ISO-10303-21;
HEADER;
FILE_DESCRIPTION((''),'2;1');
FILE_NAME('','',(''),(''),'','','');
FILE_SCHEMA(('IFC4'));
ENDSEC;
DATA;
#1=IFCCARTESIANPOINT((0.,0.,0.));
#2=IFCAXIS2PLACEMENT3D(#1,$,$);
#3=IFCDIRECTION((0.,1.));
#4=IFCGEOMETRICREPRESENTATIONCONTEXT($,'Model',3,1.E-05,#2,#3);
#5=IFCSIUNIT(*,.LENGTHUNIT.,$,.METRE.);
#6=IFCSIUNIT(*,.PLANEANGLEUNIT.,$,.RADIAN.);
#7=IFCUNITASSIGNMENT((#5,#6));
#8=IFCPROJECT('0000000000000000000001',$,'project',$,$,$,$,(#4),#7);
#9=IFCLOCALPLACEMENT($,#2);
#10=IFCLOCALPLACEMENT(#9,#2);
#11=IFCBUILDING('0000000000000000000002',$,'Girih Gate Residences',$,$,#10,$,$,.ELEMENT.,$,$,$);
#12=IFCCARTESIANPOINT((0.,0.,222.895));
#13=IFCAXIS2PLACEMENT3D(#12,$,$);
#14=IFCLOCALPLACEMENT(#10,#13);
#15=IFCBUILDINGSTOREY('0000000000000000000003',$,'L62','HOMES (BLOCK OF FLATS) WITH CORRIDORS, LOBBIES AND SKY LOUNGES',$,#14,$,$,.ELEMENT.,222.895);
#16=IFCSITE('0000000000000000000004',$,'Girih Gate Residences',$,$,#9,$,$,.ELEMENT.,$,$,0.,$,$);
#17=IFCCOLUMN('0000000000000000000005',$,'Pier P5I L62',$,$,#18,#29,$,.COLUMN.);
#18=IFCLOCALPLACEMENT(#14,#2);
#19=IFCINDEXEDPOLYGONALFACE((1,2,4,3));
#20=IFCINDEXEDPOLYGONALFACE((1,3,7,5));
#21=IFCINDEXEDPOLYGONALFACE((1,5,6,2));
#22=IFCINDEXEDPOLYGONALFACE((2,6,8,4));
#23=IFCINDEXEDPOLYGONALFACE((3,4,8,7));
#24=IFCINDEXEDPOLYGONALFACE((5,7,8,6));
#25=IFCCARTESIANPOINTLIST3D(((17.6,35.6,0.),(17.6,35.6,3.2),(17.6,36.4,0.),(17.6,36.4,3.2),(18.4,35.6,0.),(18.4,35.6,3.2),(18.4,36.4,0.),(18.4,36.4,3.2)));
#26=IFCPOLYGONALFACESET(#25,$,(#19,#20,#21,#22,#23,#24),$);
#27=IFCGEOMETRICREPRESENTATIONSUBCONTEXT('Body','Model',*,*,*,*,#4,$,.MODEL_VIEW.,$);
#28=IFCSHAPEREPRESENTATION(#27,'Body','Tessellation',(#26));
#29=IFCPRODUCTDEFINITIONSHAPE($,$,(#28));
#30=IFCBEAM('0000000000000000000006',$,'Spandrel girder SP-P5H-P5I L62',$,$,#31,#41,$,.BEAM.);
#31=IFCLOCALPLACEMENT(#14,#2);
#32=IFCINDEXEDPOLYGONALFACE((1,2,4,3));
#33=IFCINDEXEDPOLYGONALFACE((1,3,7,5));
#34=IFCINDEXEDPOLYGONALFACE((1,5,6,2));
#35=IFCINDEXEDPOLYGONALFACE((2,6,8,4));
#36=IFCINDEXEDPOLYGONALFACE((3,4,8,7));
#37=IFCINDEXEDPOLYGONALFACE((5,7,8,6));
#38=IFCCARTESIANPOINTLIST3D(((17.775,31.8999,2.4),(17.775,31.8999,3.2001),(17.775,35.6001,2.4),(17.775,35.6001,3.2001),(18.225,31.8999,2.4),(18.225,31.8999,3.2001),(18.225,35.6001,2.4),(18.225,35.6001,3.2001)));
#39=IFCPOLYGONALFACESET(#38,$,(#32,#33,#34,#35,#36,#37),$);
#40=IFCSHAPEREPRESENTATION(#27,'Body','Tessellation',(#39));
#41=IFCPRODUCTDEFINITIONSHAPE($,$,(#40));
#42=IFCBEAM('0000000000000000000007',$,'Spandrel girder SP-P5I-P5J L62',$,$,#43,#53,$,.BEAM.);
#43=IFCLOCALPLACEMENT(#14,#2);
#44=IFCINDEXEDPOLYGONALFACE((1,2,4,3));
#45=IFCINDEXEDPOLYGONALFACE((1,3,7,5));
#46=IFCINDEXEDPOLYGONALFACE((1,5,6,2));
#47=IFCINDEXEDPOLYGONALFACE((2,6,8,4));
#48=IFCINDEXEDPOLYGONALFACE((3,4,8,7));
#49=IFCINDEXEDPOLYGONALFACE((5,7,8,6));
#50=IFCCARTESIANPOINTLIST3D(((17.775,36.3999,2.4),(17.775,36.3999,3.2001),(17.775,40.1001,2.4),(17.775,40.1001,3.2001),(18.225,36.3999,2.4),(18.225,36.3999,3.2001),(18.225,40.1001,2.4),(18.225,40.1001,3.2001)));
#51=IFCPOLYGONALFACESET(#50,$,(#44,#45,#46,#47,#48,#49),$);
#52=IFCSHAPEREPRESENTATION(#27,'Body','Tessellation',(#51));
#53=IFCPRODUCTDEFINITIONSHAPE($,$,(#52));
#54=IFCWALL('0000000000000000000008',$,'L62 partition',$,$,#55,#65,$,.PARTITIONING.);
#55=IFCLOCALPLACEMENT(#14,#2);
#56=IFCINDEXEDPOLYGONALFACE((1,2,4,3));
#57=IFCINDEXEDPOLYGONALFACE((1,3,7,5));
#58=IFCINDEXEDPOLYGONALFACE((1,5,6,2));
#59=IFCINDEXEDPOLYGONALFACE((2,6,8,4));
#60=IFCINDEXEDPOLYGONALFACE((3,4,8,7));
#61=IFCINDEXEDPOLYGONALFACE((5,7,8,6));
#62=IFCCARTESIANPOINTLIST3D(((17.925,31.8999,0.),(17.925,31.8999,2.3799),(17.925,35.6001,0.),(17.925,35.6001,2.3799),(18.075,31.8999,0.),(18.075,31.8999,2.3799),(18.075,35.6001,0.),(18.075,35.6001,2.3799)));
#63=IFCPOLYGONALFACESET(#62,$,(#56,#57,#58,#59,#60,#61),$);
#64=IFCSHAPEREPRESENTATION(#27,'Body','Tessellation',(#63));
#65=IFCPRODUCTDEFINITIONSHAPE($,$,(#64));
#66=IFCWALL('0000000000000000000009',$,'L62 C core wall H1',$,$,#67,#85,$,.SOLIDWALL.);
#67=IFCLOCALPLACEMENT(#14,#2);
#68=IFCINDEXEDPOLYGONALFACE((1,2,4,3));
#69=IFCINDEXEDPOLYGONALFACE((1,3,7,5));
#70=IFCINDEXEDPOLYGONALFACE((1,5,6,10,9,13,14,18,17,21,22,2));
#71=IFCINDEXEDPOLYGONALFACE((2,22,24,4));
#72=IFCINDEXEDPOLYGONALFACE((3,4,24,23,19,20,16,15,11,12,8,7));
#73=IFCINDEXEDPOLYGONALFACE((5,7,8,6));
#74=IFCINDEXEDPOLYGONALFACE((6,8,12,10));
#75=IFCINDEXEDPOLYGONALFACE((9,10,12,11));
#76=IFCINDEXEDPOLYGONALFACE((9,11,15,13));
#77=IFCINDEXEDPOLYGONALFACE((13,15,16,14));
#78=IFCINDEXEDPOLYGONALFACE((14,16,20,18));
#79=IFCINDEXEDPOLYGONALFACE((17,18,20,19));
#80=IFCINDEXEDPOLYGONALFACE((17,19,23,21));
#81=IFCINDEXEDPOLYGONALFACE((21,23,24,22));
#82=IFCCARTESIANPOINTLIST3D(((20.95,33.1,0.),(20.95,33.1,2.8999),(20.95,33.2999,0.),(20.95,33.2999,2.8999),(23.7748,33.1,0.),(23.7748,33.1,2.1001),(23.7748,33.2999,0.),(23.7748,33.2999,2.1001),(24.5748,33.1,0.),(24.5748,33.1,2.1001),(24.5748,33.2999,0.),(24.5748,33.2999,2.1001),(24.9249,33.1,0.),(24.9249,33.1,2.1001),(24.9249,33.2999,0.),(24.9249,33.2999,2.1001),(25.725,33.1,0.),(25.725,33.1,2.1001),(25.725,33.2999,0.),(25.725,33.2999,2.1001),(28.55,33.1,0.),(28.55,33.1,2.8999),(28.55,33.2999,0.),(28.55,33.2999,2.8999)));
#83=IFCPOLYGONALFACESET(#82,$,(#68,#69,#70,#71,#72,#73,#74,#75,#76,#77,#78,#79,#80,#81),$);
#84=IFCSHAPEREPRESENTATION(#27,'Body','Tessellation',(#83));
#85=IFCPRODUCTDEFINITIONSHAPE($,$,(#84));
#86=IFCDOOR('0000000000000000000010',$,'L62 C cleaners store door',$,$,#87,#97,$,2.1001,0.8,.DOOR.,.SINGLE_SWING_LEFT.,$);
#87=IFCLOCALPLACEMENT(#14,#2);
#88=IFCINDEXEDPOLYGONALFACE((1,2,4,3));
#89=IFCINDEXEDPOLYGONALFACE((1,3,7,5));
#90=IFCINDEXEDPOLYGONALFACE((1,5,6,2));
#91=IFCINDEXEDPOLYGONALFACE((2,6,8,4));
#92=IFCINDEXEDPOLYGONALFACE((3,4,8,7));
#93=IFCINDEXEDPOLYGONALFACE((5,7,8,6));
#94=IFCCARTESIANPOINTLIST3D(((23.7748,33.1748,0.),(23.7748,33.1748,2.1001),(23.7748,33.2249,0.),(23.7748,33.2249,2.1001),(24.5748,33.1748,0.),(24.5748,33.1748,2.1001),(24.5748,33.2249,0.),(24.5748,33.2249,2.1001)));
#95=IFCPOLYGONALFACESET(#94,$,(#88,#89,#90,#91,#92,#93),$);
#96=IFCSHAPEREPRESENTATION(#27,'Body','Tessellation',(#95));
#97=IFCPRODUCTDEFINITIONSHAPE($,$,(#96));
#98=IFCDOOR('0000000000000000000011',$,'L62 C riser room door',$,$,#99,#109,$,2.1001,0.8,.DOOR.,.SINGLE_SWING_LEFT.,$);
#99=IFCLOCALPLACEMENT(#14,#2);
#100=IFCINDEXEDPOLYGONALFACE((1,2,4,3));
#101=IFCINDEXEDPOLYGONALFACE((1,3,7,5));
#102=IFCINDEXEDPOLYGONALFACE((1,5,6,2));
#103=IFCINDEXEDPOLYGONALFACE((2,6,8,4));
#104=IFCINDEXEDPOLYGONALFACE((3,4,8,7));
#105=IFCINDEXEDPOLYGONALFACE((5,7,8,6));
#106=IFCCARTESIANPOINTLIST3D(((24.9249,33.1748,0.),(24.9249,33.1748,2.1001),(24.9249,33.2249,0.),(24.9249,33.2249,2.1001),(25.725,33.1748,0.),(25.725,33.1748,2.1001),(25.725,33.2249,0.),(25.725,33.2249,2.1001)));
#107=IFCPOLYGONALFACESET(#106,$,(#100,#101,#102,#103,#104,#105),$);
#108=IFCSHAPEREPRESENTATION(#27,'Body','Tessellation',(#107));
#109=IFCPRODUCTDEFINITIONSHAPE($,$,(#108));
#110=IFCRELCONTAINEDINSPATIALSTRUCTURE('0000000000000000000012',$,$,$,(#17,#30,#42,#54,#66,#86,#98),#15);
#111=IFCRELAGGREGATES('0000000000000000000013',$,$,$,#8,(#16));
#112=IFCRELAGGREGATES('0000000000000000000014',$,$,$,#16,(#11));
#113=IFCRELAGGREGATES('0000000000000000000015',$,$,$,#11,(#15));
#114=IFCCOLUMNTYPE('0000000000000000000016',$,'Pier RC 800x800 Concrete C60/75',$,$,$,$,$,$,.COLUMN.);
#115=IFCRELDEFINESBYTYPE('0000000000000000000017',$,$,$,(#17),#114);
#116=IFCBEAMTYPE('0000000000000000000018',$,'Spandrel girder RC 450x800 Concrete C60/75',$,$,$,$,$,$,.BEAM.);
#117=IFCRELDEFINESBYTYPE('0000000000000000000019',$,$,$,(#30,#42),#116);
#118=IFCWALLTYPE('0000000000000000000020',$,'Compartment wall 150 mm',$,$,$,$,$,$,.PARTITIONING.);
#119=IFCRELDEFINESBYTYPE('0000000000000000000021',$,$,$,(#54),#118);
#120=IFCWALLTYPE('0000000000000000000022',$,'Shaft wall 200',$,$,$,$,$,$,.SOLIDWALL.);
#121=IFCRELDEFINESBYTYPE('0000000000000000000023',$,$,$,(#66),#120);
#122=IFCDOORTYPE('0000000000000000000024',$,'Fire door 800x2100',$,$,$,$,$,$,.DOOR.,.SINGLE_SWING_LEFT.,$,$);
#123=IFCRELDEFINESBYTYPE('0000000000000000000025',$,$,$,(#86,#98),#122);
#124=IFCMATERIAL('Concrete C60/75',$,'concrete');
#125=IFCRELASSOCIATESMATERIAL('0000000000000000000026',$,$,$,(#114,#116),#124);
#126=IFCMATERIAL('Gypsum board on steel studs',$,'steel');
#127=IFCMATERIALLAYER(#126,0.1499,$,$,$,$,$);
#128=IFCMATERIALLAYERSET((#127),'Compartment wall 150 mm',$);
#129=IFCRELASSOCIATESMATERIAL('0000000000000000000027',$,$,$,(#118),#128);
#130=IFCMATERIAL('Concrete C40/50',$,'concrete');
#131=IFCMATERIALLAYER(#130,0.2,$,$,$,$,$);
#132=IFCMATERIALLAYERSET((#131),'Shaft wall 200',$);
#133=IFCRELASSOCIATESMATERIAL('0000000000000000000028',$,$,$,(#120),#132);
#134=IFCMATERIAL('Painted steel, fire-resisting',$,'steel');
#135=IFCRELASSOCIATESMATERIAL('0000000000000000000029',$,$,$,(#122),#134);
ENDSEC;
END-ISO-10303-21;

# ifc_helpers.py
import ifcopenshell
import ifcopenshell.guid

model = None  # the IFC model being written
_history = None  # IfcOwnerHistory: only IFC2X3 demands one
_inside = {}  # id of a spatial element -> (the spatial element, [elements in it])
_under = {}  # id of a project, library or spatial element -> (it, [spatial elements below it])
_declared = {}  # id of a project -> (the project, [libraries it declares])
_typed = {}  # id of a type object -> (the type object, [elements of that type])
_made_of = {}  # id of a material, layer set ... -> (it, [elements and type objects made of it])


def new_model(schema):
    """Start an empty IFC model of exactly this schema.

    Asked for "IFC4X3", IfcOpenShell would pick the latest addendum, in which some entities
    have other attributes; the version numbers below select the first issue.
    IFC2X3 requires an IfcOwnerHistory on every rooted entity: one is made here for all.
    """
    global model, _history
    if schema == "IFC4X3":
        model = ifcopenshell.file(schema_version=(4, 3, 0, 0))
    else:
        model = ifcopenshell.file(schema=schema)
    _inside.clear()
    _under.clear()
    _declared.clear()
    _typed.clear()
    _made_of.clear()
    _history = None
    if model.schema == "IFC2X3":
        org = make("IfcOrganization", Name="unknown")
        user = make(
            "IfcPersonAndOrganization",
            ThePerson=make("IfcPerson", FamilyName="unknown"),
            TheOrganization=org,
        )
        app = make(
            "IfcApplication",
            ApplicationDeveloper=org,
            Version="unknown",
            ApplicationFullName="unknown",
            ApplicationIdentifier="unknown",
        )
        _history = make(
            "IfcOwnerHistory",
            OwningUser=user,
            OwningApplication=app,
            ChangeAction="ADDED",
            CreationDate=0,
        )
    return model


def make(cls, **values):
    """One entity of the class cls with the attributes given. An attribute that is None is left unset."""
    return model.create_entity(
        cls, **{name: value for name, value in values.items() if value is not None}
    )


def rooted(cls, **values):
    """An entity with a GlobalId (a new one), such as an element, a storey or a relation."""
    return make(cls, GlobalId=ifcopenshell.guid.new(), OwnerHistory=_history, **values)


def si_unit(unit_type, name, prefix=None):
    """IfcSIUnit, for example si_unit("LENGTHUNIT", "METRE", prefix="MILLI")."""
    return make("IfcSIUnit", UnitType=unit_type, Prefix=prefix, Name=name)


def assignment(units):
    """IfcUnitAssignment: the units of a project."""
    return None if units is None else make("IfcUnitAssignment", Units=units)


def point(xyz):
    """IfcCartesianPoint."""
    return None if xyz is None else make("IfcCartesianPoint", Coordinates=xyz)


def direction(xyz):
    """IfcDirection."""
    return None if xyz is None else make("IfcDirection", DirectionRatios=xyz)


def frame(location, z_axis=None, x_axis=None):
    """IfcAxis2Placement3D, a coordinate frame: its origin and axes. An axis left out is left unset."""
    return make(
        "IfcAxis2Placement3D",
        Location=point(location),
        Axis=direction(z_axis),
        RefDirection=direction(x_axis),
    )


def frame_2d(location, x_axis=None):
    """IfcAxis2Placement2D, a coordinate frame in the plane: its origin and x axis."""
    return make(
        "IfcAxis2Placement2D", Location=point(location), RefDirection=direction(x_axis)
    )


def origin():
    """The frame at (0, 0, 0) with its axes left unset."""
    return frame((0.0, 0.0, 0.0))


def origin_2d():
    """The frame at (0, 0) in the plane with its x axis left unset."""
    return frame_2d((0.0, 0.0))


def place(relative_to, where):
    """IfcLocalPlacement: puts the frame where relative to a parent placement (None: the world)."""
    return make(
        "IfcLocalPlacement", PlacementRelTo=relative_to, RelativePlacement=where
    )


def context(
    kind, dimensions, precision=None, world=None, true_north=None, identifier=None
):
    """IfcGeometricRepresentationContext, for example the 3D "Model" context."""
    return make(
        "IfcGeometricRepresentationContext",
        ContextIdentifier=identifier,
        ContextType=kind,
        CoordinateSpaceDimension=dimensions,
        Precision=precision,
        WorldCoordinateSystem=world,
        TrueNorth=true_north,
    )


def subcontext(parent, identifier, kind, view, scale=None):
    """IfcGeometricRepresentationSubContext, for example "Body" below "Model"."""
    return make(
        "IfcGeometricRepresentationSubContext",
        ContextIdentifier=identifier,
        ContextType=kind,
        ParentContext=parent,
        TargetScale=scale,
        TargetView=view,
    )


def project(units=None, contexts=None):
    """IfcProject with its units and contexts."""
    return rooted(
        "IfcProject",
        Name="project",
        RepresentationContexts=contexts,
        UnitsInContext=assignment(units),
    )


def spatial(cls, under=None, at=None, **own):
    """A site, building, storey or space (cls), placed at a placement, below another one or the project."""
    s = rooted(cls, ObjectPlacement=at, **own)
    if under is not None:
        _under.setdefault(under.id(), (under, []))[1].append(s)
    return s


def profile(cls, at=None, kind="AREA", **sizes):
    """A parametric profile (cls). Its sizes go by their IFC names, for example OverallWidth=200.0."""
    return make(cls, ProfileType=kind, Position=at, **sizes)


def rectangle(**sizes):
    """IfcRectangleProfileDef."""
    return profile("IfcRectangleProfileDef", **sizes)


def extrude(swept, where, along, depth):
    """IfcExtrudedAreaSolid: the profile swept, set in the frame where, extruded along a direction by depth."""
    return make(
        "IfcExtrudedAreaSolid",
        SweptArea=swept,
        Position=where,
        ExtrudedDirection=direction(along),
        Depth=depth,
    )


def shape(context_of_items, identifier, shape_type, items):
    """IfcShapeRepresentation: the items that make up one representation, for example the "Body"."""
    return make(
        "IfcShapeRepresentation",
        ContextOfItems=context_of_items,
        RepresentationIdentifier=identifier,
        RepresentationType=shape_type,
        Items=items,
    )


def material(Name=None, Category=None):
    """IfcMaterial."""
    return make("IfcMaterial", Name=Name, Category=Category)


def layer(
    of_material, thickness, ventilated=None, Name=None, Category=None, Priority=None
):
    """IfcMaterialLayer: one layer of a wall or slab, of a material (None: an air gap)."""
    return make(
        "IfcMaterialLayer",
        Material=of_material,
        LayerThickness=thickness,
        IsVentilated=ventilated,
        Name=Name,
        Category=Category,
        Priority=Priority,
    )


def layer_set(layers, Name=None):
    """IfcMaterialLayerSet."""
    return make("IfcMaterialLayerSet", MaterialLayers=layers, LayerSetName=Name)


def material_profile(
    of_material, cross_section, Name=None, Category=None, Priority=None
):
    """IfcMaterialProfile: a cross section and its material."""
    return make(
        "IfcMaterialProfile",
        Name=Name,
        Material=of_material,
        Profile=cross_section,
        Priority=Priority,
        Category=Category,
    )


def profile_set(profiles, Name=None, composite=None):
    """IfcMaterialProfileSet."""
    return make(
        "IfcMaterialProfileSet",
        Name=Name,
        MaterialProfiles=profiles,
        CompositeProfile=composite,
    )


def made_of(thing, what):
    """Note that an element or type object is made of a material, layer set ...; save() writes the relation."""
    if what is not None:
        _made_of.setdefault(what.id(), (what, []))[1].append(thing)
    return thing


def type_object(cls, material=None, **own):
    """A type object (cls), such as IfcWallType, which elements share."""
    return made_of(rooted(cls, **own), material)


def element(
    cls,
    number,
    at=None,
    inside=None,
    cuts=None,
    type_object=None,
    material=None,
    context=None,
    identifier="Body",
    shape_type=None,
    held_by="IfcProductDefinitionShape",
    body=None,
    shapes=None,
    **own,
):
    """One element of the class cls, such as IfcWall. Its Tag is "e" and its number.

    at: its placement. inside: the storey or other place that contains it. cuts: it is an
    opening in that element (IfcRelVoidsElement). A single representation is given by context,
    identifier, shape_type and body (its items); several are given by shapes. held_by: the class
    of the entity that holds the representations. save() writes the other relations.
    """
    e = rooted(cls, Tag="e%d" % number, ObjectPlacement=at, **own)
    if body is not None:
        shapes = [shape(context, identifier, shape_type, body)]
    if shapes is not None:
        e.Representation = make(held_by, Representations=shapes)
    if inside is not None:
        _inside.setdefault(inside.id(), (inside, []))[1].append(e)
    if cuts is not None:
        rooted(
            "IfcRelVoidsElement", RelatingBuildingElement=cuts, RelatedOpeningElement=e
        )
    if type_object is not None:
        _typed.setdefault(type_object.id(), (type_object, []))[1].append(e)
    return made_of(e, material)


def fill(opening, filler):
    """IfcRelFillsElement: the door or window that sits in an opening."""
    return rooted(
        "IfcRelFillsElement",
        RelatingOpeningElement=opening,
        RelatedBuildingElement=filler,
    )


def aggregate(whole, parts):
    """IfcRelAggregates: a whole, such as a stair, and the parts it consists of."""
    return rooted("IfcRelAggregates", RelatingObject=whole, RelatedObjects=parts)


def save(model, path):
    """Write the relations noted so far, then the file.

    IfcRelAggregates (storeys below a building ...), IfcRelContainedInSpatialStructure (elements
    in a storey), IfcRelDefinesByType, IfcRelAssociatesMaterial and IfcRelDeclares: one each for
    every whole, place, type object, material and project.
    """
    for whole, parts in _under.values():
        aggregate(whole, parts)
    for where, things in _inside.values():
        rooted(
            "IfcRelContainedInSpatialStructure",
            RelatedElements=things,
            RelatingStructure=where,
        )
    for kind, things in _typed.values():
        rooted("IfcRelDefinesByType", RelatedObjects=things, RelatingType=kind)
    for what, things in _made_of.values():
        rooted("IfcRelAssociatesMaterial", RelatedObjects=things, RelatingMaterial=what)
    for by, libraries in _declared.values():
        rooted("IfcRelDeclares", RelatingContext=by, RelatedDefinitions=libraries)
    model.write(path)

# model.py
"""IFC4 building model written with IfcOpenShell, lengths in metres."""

from ifc_helpers import new_model, si_unit, direction, frame, frame_2d, origin, origin_2d, place, context, subcontext, project, spatial, rectangle, extrude, material, layer, layer_set, material_profile, profile_set, type_object, element, fill, save


model = new_model("IFC4")

# Units and contexts
model_context = context("Model", 3, precision=1e-05, world=origin(), true_north=direction((0.0, 1.0)))
body_context = subcontext(model_context, "Body", "Model", "MODEL_VIEW")
ifc_project = project(units=[si_unit("LENGTHUNIT", "METRE"), si_unit("PLANEANGLEUNIT", "RADIAN")], contexts=[model_context])

# Site, building, storey
site_placement = place(None, origin())
site = spatial("IfcSite", under=ifc_project, at=site_placement, Name="Girih Gate Residences", CompositionType="ELEMENT", RefElevation=0.0)
building_placement = place(site_placement, origin())
building = spatial("IfcBuilding", under=site, at=building_placement, Name="Girih Gate Residences", CompositionType="ELEMENT")
storey_placement = place(building_placement, frame((0.0, 0.0, 222.895)))
storey = spatial("IfcBuildingStorey", under=building, at=storey_placement, Name="L62", Description="HOMES (BLOCK OF FLATS) WITH CORRIDORS, LOBBIES AND SKY LOUNGES", CompositionType="ELEMENT", Elevation=222.895)

# Column
ifc_material_1 = material(Name="Concrete C60/75", Category="concrete")
ifc_material_profile_1 = material_profile(ifc_material_1, rectangle(XDim=0.8, YDim=0.8, at=origin_2d()))
ifc_profile_set_1 = profile_set([ifc_material_profile_1], Name="Concrete C60/75")
column_type = type_object("IfcColumnType", Name="Pier RC 800x800 Concrete C60/75", PredefinedType="COLUMN", material=ifc_profile_set_1)
column_placement = place(storey_placement, frame((18.0, 36.0, 0.0), z_axis=(0.0, 0.0, 1.0), x_axis=(1.0, 0.0, 0.0)))
element("IfcColumn", 1, at=column_placement, inside=storey, type_object=column_type, Name="Pier P5I L62", PredefinedType="COLUMN", context=body_context, shape_type="SweptSolid", body=[
    extrude(rectangle(XDim=0.8, YDim=0.8, at=origin_2d()), origin(), (0.0, 0.0, 1.0), 3.2),
])

# Beams
ifc_material_profile_2 = material_profile(ifc_material_1, rectangle(XDim=0.45, YDim=0.8, at=origin_2d()))
ifc_profile_set_2 = profile_set([ifc_material_profile_2], Name="Concrete C60/75")
beam_type = type_object("IfcBeamType", Name="Spandrel girder RC 450x800 Concrete C60/75", PredefinedType="BEAM", material=ifc_profile_set_2)
for number, where, z_axis, x_axis, name in (
    (2, (18.0, 31.8999, 2.8), (0.0, 1.0, 0.0), (-1.0, 0.0, 0.0), "Spandrel girder SP-P5H-P5I L62"),
    (3, (18.0, 36.3999, 2.8), (0.0, 1.0, 0.0), (-1.0, 0.0, 0.0), "Spandrel girder SP-P5I-P5J L62"),
):
    element("IfcBeam", number, at=place(storey_placement, frame(where, z_axis=z_axis, x_axis=x_axis)), inside=storey, type_object=beam_type, Name=name, PredefinedType="BEAM", context=body_context, shape_type="SweptSolid", body=[
        extrude(rectangle(XDim=0.45, YDim=0.8, at=origin_2d()), origin(), (0.0, 0.0, 1.0), 3.7002),
    ])

# Wall
ifc_material_2 = material(Name="Gypsum board on steel studs", Category="steel")
ifc_layer_1 = layer(ifc_material_2, 0.1499)
ifc_layer_set_1 = layer_set([ifc_layer_1], Name="Compartment wall 150 mm")
wall_type_1 = type_object("IfcWallType", Name="Compartment wall 150 mm", PredefinedType="PARTITIONING", material=ifc_layer_set_1)
wall_1_placement = place(storey_placement, frame((18.0, 31.8999, 0.0), z_axis=(0.0, 0.0, 1.0), x_axis=(0.0, 1.0, 0.0)))
element("IfcWall", 4, at=wall_1_placement, inside=storey, type_object=wall_type_1, Name="L62 partition", PredefinedType="PARTITIONING", context=body_context, shape_type="SweptSolid", body=[
    extrude(rectangle(XDim=3.7002, YDim=0.1499, at=frame_2d((1.8501, 0.0))), origin(), (0.0, 0.0, 1.0), 2.3799),
])

# Wall, openings, doors
ifc_material_3 = material(Name="Concrete C40/50", Category="concrete")
ifc_layer_2 = layer(ifc_material_3, 0.2)
ifc_layer_set_2 = layer_set([ifc_layer_2], Name="Shaft wall 200")
wall_type_2 = type_object("IfcWallType", Name="Shaft wall 200", PredefinedType="SOLIDWALL", material=ifc_layer_set_2)
wall_2_placement = place(storey_placement, frame((20.95, 33.2, 0.0), z_axis=(0.0, 0.0, 1.0), x_axis=(1.0, 0.0, 0.0)))
wall_2 = element("IfcWall", 5, at=wall_2_placement, inside=storey, type_object=wall_type_2, Name="L62 C core wall H1", PredefinedType="SOLIDWALL", context=body_context, shape_type="SweptSolid", body=[
    extrude(rectangle(XDim=7.6001, YDim=0.2, at=frame_2d((3.8, 0.0))), origin(), (0.0, 0.0, 1.0), 2.8999),
])
opening_1_placement = place(wall_2_placement, frame((2.825, 0.0, 0.0)))
opening_1 = element("IfcOpeningElement", 6, at=opening_1_placement, cuts=wall_2, PredefinedType="OPENING", context=body_context, shape_type="SweptSolid", body=[
    extrude(rectangle(XDim=0.8, YDim=2.1001, at=frame_2d((0.3999, 1.05))), frame((0.0, 0.1099, 0.0), z_axis=(0.0, -1.0, 0.0), x_axis=(1.0, 0.0, 0.0)), (0.0, 0.0, 1.0), 0.22),
])
opening_2_placement = place(wall_2_placement, frame((3.9751, 0.0, 0.0)))
opening_2 = element("IfcOpeningElement", 7, at=opening_2_placement, cuts=wall_2, PredefinedType="OPENING", context=body_context, shape_type="SweptSolid", body=[
    extrude(rectangle(XDim=0.8, YDim=2.1001, at=frame_2d((0.3999, 1.05))), frame((0.0, 0.1099, 0.0), z_axis=(0.0, -1.0, 0.0), x_axis=(1.0, 0.0, 0.0)), (0.0, 0.0, 1.0), 0.22),
])
ifc_material_4 = material(Name="Painted steel, fire-resisting", Category="steel")
door_type_1 = type_object("IfcDoorType", Name="Fire door 800x2100", OperationType="SINGLE_SWING_LEFT", PredefinedType="DOOR", material=ifc_material_4)
door_1_placement = place(opening_1_placement, origin())
door_1 = element("IfcDoor", 8, at=door_1_placement, inside=storey, type_object=door_type_1, Name="L62 C cleaners store door", OperationType="SINGLE_SWING_LEFT", OverallHeight=2.1001, OverallWidth=0.8, PredefinedType="DOOR", context=body_context, shape_type="SweptSolid", body=[
    extrude(rectangle(XDim=0.8, YDim=2.1001, at=frame_2d((0.3999, 1.05))), frame((0.0, 0.0249, 0.0), z_axis=(0.0, -1.0, 0.0), x_axis=(1.0, 0.0, 0.0)), (0.0, 0.0, 1.0), 0.05),
])
fill(opening_1, door_1)
door_2_placement = place(opening_2_placement, origin())
door_2 = element("IfcDoor", 9, at=door_2_placement, inside=storey, type_object=door_type_1, Name="L62 C riser room door", OperationType="SINGLE_SWING_LEFT", OverallHeight=2.1001, OverallWidth=0.8, PredefinedType="DOOR", context=body_context, shape_type="SweptSolid", body=[
    extrude(rectangle(XDim=0.8, YDim=2.1001, at=frame_2d((0.3999, 1.05))), frame((0.0, 0.0249, 0.0), z_axis=(0.0, -1.0, 0.0), x_axis=(1.0, 0.0, 0.0)), (0.0, 0.0, 1.0), 0.05),
])
fill(opening_2, door_2)

save(model, "model.ifc")
